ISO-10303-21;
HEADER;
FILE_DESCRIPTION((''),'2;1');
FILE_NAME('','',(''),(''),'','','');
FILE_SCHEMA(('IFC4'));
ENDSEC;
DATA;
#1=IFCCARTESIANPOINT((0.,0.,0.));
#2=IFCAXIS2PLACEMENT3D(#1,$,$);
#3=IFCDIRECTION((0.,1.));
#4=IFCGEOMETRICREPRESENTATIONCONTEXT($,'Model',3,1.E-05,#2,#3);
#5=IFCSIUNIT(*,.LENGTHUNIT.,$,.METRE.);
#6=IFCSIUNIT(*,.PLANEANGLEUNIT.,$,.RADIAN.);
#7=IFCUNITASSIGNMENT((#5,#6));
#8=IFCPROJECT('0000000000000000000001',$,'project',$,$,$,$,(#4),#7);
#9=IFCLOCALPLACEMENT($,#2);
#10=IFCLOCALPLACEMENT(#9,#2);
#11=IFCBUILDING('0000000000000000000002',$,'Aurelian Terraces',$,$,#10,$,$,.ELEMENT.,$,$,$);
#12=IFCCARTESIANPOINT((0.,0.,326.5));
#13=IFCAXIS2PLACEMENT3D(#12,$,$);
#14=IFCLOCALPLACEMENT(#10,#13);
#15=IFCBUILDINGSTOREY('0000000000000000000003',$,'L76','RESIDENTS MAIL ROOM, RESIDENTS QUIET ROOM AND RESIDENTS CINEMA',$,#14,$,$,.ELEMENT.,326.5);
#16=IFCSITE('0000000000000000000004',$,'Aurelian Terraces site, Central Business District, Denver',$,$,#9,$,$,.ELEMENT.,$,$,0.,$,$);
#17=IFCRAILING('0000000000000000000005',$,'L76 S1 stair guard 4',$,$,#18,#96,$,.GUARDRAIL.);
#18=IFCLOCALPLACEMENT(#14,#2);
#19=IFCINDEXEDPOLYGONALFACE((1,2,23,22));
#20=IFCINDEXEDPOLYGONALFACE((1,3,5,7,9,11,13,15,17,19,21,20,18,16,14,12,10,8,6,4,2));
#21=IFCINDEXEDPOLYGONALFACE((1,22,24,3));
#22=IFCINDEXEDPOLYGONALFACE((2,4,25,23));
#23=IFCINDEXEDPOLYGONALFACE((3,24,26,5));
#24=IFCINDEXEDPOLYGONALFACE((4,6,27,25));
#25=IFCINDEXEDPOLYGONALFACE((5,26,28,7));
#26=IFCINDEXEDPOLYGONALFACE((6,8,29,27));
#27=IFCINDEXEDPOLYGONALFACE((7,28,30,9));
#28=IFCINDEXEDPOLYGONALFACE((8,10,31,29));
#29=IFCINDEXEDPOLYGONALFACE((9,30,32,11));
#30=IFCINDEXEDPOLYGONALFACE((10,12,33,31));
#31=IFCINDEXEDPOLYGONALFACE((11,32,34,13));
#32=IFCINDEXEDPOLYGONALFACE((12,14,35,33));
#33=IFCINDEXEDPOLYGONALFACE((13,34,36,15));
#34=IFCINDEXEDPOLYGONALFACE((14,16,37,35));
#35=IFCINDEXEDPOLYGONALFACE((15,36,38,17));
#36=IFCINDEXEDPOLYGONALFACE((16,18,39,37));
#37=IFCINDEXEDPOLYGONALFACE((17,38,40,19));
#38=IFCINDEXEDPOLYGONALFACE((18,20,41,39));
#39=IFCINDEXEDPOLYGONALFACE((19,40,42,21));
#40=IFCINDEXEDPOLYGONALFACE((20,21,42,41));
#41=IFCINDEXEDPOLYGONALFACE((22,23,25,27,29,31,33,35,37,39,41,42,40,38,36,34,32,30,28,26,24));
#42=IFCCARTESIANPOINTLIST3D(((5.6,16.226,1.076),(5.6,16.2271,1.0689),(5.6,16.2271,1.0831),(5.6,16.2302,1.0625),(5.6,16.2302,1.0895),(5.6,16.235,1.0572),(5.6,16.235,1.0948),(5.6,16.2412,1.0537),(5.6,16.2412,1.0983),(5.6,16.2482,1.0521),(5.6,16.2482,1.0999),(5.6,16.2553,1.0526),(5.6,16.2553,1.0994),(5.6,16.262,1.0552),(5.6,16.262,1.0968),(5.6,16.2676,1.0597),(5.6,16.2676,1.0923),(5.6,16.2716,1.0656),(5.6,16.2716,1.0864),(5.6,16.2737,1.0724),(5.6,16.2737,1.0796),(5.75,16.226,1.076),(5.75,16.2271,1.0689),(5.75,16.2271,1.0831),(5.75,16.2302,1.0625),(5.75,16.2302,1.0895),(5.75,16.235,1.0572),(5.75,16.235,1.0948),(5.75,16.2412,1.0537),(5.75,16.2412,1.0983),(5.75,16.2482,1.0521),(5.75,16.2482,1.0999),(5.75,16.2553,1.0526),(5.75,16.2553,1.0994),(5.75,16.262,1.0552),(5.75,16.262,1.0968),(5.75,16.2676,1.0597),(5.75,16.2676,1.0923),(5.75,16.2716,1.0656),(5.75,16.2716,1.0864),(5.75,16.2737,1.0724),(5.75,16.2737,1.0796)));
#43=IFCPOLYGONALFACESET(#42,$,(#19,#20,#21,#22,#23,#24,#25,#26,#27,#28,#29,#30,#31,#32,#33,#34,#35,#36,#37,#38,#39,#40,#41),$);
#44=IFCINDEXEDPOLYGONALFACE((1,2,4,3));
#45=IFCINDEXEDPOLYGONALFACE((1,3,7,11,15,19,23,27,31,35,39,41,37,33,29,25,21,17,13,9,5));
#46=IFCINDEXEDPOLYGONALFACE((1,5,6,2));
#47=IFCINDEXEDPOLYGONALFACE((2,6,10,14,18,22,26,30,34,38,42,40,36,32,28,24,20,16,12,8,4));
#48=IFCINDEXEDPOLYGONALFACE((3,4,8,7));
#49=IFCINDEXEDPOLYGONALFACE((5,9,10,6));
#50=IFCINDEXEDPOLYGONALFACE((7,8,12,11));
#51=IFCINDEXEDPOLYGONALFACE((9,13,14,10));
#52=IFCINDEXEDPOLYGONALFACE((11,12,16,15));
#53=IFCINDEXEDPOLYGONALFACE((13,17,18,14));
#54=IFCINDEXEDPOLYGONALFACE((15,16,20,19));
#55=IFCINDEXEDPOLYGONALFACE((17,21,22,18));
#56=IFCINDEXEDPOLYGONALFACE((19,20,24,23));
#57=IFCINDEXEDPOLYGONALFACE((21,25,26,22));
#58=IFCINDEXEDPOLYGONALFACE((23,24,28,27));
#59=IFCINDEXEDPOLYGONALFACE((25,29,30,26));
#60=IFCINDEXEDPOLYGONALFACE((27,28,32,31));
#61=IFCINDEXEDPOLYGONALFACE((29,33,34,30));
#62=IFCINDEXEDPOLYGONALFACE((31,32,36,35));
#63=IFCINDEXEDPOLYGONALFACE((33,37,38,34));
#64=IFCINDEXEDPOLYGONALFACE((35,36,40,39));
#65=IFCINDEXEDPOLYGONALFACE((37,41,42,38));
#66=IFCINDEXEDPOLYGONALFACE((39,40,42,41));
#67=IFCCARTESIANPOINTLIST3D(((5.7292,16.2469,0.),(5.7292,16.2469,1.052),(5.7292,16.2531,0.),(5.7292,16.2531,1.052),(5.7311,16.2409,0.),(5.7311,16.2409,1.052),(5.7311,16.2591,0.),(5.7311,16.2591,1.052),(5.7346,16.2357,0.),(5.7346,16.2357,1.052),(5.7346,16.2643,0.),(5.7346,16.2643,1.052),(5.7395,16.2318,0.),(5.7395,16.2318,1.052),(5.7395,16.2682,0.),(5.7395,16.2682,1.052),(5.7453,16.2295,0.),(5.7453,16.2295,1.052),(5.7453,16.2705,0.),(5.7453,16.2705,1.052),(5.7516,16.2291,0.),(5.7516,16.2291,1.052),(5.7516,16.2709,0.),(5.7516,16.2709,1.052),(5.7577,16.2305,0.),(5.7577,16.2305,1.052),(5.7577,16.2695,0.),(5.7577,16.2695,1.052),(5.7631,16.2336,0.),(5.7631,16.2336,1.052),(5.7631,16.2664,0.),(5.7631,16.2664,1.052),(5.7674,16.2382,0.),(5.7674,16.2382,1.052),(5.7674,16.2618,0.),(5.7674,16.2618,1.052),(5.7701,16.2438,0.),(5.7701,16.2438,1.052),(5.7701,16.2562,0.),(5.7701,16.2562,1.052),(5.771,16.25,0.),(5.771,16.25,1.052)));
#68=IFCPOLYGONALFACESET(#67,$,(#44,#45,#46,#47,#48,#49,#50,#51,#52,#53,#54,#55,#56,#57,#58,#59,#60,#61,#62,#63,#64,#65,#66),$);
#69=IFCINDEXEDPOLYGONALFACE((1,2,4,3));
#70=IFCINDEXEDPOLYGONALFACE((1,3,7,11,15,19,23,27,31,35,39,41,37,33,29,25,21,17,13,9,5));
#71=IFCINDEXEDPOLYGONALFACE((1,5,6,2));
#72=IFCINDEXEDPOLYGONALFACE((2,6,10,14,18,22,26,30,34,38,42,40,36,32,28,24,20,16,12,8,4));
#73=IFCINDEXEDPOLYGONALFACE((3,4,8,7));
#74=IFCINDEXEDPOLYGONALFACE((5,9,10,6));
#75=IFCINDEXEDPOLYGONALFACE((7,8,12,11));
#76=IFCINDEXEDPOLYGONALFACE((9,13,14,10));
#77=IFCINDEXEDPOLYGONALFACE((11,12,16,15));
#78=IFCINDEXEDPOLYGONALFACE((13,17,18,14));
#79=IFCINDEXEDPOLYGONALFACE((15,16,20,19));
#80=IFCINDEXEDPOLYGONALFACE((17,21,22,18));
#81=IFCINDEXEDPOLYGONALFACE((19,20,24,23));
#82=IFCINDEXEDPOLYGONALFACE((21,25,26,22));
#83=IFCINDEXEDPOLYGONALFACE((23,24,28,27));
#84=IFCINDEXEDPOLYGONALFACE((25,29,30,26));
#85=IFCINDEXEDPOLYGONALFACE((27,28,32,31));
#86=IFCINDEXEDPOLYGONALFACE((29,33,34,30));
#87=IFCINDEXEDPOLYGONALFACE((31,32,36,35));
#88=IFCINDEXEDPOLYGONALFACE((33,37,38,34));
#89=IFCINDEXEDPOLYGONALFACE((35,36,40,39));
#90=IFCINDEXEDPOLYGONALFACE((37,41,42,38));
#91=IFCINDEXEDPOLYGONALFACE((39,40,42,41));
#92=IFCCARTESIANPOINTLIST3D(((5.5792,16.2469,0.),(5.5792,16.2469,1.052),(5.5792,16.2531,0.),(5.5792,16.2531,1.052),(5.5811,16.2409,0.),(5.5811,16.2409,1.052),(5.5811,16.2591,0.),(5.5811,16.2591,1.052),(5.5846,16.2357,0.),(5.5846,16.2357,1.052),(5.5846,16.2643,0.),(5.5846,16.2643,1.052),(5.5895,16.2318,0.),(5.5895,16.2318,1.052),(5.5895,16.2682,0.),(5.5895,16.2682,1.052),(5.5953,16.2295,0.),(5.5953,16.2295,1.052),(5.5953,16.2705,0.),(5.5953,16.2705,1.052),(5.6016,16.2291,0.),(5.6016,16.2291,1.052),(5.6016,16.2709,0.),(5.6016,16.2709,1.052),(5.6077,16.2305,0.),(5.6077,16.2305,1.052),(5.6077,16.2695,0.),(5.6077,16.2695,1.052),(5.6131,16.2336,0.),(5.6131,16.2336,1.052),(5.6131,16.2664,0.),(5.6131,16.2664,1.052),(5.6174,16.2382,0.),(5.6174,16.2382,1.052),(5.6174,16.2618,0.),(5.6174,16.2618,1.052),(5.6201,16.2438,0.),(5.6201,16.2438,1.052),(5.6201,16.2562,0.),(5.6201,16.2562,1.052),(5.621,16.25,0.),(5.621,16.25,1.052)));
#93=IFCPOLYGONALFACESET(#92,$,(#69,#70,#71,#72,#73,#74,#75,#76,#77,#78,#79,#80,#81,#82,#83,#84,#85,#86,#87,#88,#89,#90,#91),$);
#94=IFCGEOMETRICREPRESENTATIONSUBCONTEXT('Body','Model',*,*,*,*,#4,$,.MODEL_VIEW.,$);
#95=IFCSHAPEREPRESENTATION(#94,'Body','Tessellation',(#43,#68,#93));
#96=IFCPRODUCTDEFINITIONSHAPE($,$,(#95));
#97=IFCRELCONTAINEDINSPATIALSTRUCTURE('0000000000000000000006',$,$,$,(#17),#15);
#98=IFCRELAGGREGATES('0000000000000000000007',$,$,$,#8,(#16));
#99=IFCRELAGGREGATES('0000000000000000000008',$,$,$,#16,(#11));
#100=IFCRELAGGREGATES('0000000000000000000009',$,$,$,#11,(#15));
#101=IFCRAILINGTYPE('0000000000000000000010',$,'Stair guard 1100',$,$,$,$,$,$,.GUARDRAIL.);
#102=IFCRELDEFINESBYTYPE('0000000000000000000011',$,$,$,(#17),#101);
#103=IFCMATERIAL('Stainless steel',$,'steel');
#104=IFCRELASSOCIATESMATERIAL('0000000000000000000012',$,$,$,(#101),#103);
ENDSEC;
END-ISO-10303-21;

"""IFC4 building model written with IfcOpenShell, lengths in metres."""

from ifc_helpers import new_model, si_unit, direction, frame, origin, origin_2d, place, context, subcontext, project, spatial, circle, extrude, source, transform, mapped, material, type_object, element, save


model = new_model("IFC4")

# Units and contexts
model_context = context("Model", 3, precision=1e-05, world=origin(), true_north=direction((0.0, 1.0)))
body_context = subcontext(model_context, "Body", "Model", "MODEL_VIEW")
ifc_project = project(units=[si_unit("LENGTHUNIT", "METRE"), si_unit("PLANEANGLEUNIT", "RADIAN")], contexts=[model_context])

# Site, building, storey
site_placement = place(None, origin())
site = spatial("IfcSite", under=ifc_project, at=site_placement, Name="Aurelian Terraces site, Central Business District, Denver", CompositionType="ELEMENT", RefElevation=0.0)
building_placement = place(site_placement, origin())
building = spatial("IfcBuilding", under=site, at=building_placement, Name="Aurelian Terraces", CompositionType="ELEMENT")
storey_placement = place(building_placement, frame((0.0, 0.0, 326.5)))
storey = spatial("IfcBuildingStorey", under=building, at=storey_placement, Name="L76", Description="RESIDENTS MAIL ROOM, RESIDENTS QUIET ROOM AND RESIDENTS CINEMA", CompositionType="ELEMENT", Elevation=326.5)

# Railing
ifc_material_1 = material(Name="Stainless steel", Category="steel")
railing_type_1 = type_object("IfcRailingType", Name="Stair guard 1100", PredefinedType="GUARDRAIL", material=ifc_material_1)
shared_shape_1 = source(origin(), body_context, "Body", "SweptSolid", [
    extrude(circle(Radius=0.024, at=origin_2d()), frame((0.0, 0.0, 1.076), z_axis=(-1.0, 0.0, 0.0), x_axis=(0.0, -1.0, 0.0)), (0.0, 0.0, 1.0), 0.15),
    extrude(circle(Radius=0.021, at=origin_2d()), origin(), (0.0, 0.0, 1.0), 1.052),
    extrude(circle(Radius=0.021, at=origin_2d()), frame((-0.15, 0.0, 0.0)), (0.0, 0.0, 1.0), 1.052),
])
for number, where, name in (
    (1, (5.75, 16.25, 0.0), "L76 S1 stair guard 4"),
):
    element("IfcRailing", number, at=place(storey_placement, frame(where)), inside=storey, type_object=railing_type_1, Name=name, PredefinedType="GUARDRAIL", context=body_context, shape_type="MappedRepresentation", body=[
        mapped(shared_shape_1, transform((0.0, 0.0, 0.0), scale=1.0)),
    ])

save(model, "model.ifc")
